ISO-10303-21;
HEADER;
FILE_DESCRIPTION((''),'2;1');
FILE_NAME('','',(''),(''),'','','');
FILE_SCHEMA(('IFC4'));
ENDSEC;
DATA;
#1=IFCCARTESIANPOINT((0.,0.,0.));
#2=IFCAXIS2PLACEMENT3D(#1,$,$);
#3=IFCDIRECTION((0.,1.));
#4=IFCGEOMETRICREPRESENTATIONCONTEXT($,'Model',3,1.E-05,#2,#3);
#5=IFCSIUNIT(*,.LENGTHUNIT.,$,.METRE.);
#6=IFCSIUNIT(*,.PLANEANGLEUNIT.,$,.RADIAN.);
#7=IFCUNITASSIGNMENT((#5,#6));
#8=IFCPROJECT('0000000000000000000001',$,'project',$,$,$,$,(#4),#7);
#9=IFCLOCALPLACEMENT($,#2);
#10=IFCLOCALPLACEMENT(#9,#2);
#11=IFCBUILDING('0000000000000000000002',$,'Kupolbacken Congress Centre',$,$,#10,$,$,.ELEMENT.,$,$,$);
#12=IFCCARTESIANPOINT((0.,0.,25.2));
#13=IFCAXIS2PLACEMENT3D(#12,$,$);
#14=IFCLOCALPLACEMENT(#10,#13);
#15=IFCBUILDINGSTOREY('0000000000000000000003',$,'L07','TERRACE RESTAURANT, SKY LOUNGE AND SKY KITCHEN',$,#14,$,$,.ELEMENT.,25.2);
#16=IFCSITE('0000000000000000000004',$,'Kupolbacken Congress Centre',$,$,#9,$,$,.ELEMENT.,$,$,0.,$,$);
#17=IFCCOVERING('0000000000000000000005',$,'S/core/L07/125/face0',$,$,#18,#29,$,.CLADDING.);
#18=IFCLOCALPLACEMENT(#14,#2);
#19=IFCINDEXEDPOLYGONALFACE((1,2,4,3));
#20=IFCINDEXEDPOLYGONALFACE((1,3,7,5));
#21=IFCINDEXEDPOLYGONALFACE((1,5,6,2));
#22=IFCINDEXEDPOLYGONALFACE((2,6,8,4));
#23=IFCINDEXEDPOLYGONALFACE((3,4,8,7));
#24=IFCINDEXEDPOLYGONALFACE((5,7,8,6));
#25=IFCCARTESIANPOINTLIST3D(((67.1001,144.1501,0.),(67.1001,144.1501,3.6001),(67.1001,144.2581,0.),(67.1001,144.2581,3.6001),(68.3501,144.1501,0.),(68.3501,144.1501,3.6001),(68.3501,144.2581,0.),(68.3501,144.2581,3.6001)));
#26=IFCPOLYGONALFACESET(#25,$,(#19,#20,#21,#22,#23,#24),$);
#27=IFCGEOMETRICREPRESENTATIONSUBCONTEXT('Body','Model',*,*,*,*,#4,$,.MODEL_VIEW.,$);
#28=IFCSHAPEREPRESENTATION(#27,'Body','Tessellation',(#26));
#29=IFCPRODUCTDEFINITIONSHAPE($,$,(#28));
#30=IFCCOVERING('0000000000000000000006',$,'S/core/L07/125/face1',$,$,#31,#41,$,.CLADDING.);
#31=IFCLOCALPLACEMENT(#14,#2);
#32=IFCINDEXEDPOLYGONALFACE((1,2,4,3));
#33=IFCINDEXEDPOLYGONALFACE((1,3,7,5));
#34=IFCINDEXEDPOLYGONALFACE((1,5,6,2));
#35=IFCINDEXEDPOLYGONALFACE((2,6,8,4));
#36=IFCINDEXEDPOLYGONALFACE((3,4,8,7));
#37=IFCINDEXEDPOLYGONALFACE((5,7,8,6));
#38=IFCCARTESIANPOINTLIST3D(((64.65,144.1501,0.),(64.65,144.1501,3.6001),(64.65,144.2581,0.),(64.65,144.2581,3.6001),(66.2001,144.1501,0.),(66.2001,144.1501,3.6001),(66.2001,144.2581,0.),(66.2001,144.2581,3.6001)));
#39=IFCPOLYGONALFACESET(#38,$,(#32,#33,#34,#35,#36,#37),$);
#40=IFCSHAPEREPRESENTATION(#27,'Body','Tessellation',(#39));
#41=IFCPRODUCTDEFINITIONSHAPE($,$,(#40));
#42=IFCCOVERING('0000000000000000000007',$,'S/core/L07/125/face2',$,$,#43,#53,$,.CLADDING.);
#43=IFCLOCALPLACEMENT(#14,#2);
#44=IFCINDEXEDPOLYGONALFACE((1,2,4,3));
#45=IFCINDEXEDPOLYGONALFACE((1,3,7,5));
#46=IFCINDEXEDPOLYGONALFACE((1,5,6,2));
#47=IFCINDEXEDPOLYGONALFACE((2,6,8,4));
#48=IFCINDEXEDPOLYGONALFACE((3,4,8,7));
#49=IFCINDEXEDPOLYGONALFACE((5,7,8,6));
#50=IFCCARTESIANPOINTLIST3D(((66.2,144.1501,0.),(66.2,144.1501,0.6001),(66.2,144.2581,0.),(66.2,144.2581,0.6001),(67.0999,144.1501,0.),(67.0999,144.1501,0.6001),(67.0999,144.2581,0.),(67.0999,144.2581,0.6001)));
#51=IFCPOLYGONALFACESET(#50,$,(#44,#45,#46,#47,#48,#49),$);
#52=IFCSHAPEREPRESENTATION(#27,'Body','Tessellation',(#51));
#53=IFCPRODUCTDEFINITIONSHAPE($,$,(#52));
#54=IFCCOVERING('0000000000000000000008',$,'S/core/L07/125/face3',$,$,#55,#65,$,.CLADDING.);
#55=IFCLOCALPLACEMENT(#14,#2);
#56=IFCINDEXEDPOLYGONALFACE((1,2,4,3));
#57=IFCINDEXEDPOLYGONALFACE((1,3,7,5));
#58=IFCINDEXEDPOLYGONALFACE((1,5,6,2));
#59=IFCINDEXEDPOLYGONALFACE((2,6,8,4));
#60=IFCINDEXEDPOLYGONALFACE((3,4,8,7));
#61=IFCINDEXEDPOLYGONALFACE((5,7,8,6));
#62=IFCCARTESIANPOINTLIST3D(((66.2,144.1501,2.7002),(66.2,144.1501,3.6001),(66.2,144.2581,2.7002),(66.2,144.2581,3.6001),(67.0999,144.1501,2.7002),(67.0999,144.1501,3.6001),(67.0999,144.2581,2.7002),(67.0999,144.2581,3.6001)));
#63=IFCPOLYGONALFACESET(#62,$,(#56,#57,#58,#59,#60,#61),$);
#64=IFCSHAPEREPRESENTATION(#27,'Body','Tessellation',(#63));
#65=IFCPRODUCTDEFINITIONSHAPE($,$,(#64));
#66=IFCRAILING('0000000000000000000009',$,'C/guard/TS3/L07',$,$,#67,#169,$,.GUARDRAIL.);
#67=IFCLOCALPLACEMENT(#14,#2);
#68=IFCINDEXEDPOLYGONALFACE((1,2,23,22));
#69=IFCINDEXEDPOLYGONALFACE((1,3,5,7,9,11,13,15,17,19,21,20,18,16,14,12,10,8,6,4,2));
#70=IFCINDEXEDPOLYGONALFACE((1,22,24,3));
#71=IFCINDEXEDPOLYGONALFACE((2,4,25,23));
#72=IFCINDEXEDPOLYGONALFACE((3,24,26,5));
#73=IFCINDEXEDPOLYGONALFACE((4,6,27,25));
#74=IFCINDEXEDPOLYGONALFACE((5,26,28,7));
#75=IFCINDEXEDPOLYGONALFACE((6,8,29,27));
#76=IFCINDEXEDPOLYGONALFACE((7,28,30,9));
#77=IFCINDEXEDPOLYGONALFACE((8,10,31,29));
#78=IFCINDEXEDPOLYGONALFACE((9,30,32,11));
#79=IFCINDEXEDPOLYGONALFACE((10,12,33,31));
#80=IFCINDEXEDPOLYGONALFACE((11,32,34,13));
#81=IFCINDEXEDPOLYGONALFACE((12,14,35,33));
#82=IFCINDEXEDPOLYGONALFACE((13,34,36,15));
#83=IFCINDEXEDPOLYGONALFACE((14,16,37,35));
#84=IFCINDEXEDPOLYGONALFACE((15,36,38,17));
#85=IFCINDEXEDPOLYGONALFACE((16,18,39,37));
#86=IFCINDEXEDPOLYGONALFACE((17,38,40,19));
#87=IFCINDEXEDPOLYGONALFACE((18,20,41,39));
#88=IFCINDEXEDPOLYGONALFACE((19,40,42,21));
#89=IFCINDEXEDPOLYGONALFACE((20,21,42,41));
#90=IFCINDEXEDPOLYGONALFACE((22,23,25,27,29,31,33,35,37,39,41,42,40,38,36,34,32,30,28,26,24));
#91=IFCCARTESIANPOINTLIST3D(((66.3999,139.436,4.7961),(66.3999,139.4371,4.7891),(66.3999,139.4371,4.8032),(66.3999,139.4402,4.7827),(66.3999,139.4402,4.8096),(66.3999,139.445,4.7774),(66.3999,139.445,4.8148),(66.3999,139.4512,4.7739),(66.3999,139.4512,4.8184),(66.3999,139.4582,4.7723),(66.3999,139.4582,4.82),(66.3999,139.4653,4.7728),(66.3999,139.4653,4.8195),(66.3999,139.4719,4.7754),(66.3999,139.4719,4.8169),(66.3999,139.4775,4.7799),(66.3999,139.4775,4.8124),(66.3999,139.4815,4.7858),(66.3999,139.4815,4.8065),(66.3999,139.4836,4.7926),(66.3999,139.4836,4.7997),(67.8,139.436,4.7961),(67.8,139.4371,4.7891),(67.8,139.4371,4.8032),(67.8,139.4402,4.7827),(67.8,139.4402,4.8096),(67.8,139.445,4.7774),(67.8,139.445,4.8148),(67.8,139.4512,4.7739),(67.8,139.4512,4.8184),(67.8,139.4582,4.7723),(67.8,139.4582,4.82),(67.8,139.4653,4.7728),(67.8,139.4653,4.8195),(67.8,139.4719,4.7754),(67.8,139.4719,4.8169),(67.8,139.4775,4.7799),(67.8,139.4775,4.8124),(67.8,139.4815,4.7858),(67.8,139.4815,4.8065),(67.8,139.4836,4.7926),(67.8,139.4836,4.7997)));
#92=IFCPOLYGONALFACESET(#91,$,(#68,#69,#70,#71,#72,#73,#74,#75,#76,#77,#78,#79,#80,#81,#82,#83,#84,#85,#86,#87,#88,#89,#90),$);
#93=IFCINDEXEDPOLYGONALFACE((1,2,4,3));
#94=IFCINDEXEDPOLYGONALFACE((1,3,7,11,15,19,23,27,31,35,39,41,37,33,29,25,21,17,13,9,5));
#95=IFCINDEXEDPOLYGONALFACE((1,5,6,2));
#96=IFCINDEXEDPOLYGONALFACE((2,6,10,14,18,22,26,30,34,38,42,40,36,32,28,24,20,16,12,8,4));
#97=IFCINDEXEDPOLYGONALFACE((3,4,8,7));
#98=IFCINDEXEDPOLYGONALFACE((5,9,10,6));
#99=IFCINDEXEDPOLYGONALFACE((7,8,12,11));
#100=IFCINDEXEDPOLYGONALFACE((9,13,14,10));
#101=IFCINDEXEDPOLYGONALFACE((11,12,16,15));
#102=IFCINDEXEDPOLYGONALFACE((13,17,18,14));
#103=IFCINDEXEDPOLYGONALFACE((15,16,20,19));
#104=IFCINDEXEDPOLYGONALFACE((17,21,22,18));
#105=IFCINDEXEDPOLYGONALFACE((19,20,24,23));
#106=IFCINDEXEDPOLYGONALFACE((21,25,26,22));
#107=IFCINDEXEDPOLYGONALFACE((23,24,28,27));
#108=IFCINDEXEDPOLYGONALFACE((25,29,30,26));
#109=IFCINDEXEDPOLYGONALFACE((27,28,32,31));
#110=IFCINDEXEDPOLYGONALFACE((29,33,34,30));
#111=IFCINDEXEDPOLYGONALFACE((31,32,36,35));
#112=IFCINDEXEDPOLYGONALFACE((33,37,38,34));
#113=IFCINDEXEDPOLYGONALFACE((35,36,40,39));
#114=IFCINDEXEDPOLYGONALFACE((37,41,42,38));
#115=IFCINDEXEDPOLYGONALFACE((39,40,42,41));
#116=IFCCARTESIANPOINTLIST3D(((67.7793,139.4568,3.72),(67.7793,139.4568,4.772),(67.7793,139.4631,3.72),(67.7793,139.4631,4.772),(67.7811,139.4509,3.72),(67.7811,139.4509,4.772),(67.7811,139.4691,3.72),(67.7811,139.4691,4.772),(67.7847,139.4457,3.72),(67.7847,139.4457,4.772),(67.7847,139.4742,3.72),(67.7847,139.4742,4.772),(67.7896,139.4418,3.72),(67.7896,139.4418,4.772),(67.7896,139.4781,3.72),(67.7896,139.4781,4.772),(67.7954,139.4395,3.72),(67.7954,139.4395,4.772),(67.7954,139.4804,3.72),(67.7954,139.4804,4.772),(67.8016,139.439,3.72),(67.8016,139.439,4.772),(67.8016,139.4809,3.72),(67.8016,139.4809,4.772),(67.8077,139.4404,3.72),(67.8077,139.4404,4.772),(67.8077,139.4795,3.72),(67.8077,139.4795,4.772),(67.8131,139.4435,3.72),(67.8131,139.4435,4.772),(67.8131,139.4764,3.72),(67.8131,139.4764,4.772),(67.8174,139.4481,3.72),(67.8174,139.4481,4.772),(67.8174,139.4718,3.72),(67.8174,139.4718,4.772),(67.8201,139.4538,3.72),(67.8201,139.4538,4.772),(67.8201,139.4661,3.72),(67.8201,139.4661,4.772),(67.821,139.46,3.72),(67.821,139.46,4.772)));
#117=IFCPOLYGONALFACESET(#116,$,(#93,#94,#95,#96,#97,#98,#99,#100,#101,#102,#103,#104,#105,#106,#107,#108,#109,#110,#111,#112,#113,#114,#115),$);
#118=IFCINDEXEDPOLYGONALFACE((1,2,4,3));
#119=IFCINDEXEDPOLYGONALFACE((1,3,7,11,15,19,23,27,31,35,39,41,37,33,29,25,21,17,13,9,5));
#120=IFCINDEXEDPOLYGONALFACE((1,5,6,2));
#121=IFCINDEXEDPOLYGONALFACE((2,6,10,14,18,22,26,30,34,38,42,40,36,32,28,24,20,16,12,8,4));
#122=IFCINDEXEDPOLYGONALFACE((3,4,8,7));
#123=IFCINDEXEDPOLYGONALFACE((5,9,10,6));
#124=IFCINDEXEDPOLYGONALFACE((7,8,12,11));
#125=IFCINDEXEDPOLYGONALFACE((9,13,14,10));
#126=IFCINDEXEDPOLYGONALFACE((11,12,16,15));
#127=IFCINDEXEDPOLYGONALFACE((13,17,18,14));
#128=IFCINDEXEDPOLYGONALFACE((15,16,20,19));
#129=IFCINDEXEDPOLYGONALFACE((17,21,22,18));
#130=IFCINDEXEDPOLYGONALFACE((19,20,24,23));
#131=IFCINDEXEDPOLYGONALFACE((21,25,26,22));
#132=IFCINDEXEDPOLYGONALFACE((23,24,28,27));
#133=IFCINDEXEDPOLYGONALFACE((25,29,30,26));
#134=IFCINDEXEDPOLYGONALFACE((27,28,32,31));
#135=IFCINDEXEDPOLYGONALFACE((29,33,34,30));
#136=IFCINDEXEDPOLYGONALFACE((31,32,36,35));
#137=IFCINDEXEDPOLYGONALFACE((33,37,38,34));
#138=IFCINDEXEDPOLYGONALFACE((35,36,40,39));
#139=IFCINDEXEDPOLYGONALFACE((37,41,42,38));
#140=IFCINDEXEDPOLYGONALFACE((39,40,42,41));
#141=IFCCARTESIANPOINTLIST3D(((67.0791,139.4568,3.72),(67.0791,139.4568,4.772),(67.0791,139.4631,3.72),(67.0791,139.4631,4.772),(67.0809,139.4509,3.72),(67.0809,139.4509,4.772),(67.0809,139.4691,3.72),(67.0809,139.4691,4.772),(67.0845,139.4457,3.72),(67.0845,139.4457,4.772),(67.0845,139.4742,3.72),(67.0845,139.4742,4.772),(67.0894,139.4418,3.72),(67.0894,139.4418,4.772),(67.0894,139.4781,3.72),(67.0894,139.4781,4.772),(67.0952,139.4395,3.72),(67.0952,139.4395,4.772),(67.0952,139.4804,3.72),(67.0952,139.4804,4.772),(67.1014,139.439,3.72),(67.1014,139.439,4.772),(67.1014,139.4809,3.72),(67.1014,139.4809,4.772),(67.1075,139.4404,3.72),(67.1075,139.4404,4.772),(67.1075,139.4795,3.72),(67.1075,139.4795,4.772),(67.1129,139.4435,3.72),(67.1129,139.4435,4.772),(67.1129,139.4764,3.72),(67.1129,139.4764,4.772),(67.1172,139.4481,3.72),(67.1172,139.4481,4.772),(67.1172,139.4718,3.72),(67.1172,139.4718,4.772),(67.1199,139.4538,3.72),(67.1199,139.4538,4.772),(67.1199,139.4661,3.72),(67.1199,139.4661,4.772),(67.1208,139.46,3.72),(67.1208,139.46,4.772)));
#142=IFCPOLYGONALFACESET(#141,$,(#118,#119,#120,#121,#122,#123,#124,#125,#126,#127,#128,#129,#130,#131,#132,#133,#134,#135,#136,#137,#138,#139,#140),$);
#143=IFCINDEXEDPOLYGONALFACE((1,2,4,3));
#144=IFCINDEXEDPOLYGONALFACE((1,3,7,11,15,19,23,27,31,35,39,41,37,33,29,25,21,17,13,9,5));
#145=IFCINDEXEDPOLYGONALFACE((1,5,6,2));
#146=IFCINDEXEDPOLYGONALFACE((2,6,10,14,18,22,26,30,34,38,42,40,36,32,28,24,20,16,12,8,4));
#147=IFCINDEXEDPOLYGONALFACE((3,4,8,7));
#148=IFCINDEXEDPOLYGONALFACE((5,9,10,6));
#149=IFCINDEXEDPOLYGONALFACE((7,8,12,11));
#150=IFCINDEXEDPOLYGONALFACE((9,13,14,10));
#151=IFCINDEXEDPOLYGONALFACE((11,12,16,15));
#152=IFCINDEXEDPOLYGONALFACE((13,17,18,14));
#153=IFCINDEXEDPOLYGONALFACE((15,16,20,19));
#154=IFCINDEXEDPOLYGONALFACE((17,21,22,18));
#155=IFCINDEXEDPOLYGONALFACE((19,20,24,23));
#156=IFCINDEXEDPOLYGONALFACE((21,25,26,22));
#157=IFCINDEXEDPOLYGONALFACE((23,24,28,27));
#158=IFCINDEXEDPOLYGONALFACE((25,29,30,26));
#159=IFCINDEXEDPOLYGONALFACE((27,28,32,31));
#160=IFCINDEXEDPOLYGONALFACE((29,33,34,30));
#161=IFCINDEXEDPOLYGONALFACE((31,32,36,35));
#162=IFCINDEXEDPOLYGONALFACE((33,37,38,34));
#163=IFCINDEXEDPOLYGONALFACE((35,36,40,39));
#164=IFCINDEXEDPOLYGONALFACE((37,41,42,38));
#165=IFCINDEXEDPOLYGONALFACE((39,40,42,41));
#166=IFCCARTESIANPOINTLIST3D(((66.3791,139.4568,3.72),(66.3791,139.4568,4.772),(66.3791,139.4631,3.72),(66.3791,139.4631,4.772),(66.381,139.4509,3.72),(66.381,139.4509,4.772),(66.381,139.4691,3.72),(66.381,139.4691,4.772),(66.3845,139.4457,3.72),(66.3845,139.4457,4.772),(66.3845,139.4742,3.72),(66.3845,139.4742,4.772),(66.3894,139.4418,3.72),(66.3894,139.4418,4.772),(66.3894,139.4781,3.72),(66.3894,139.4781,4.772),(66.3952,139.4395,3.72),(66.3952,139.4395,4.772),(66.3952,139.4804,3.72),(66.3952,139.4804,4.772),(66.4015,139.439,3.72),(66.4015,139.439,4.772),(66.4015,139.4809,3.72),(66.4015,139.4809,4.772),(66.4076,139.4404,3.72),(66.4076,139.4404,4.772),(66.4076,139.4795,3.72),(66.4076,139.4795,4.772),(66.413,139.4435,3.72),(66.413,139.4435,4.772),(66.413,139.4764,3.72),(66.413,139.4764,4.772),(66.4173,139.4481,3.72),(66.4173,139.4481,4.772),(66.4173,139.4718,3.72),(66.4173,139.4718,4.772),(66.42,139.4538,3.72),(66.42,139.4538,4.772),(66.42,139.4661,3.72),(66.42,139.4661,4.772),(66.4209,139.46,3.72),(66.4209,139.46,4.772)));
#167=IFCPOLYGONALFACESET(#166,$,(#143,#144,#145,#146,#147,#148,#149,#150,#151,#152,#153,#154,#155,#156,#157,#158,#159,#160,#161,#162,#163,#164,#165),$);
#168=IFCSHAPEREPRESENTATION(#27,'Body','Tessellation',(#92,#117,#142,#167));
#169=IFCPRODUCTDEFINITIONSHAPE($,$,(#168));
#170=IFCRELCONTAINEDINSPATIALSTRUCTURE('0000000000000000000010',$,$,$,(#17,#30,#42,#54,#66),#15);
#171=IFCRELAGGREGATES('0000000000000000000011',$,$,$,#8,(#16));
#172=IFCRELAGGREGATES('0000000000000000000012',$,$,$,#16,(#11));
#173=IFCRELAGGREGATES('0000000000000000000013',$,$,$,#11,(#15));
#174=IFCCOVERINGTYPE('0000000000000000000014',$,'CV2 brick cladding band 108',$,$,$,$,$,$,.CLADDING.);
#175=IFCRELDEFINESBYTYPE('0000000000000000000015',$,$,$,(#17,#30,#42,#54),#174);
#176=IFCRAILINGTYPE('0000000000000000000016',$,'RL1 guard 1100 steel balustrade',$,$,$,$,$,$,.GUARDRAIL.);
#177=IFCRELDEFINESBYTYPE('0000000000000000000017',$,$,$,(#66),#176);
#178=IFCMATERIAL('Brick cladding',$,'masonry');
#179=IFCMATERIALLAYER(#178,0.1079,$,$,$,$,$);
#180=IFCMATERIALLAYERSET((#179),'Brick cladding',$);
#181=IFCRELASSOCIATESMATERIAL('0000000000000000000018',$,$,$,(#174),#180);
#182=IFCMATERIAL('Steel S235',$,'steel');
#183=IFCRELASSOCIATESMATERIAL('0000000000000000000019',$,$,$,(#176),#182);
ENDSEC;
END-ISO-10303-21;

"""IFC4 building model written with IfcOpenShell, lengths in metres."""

from ifc_helpers import new_model, si_unit, direction, frame, origin, origin_2d, place, context, subcontext, project, spatial, rectangle, circle, extrude, material, layer, layer_set, type_object, element, save


model = new_model("IFC4")

# Units and contexts
model_context = context("Model", 3, precision=1e-05, world=origin(), true_north=direction((0.0, 1.0)))
body_context = subcontext(model_context, "Body", "Model", "MODEL_VIEW")
ifc_project = project(units=[si_unit("LENGTHUNIT", "METRE"), si_unit("PLANEANGLEUNIT", "RADIAN")], contexts=[model_context])

# Site, building, storey
site_placement = place(None, origin())
site = spatial("IfcSite", under=ifc_project, at=site_placement, Name="Kupolbacken Congress Centre", CompositionType="ELEMENT", RefElevation=0.0)
building_placement = place(site_placement, origin())
building = spatial("IfcBuilding", under=site, at=building_placement, Name="Kupolbacken Congress Centre", CompositionType="ELEMENT")
storey_placement = place(building_placement, frame((0.0, 0.0, 25.2)))
storey = spatial("IfcBuildingStorey", under=building, at=storey_placement, Name="L07", Description="TERRACE RESTAURANT, SKY LOUNGE AND SKY KITCHEN", CompositionType="ELEMENT", Elevation=25.2)

# Coverings
ifc_material_1 = material(Name="Brick cladding", Category="masonry")
ifc_layer_1 = layer(ifc_material_1, 0.1079)
ifc_layer_set_1 = layer_set([ifc_layer_1], Name="Brick cladding")
covering_type = type_object("IfcCoveringType", Name="CV2 brick cladding band 108", PredefinedType="CLADDING", material=ifc_layer_set_1)
covering_1_placement = place(storey_placement, frame((67.7251, 144.2041, 0.0), z_axis=(0.0, 0.0, 1.0), x_axis=(-1.0, 0.0, 0.0)))
element("IfcCovering", 1, at=covering_1_placement, inside=storey, type_object=covering_type, Name="S/core/L07/125/face0", PredefinedType="CLADDING", context=body_context, shape_type="SweptSolid", body=[
    extrude(rectangle(XDim=1.25, YDim=0.1079, at=origin_2d()), origin(), (0.0, 0.0, 1.0), 3.6001),
])
covering_2_placement = place(storey_placement, frame((65.425, 144.2041, 0.0), z_axis=(0.0, 0.0, 1.0), x_axis=(-1.0, 0.0, 0.0)))
element("IfcCovering", 2, at=covering_2_placement, inside=storey, type_object=covering_type, Name="S/core/L07/125/face1", PredefinedType="CLADDING", context=body_context, shape_type="SweptSolid", body=[
    extrude(rectangle(XDim=1.55, YDim=0.1079, at=origin_2d()), origin(), (0.0, 0.0, 1.0), 3.6001),
])
covering_3_placement = place(storey_placement, frame((66.6499, 144.2041, 0.0), z_axis=(0.0, 0.0, 1.0), x_axis=(-1.0, 0.0, 0.0)))
element("IfcCovering", 3, at=covering_3_placement, inside=storey, type_object=covering_type, Name="S/core/L07/125/face2", PredefinedType="CLADDING", context=body_context, shape_type="SweptSolid", body=[
    extrude(rectangle(XDim=0.8999, YDim=0.1079, at=origin_2d()), origin(), (0.0, 0.0, 1.0), 0.6001),
])
covering_4_placement = place(storey_placement, frame((66.6499, 144.2041, 2.7002), z_axis=(0.0, 0.0, 1.0), x_axis=(-1.0, 0.0, 0.0)))
element("IfcCovering", 4, at=covering_4_placement, inside=storey, type_object=covering_type, Name="S/core/L07/125/face3", PredefinedType="CLADDING", context=body_context, shape_type="SweptSolid", body=[
    extrude(rectangle(XDim=0.8999, YDim=0.1079, at=origin_2d()), origin(), (0.0, 0.0, 1.0), 0.8999),
])

# Railing
ifc_material_2 = material(Name="Steel S235", Category="steel")
railing_type_1 = type_object("IfcRailingType", Name="RL1 guard 1100 steel balustrade", PredefinedType="GUARDRAIL", material=ifc_material_2)
railing_placement = place(storey_placement, frame((67.8, 139.46, 3.72)))
element("IfcRailing", 5, at=railing_placement, inside=storey, type_object=railing_type_1, Name="C/guard/TS3/L07", PredefinedType="GUARDRAIL", context=body_context, shape_type="SweptSolid", body=[
    extrude(circle(Radius=0.0239, at=origin_2d()), frame((0.0, 0.0, 1.0762), z_axis=(-1.0, 0.0, 0.0), x_axis=(0.0, -1.0, 0.0)), (0.0, 0.0, 1.0), 1.4001),
    extrude(circle(Radius=0.021, at=origin_2d()), origin(), (0.0, 0.0, 1.0), 1.052),
    extrude(circle(Radius=0.021, at=origin_2d()), frame((-0.7002, 0.0, 0.0)), (0.0, 0.0, 1.0), 1.052),
    extrude(circle(Radius=0.021, at=origin_2d()), frame((-1.4001, 0.0, 0.0)), (0.0, 0.0, 1.0), 1.052),
])

save(model, "model.ifc")
